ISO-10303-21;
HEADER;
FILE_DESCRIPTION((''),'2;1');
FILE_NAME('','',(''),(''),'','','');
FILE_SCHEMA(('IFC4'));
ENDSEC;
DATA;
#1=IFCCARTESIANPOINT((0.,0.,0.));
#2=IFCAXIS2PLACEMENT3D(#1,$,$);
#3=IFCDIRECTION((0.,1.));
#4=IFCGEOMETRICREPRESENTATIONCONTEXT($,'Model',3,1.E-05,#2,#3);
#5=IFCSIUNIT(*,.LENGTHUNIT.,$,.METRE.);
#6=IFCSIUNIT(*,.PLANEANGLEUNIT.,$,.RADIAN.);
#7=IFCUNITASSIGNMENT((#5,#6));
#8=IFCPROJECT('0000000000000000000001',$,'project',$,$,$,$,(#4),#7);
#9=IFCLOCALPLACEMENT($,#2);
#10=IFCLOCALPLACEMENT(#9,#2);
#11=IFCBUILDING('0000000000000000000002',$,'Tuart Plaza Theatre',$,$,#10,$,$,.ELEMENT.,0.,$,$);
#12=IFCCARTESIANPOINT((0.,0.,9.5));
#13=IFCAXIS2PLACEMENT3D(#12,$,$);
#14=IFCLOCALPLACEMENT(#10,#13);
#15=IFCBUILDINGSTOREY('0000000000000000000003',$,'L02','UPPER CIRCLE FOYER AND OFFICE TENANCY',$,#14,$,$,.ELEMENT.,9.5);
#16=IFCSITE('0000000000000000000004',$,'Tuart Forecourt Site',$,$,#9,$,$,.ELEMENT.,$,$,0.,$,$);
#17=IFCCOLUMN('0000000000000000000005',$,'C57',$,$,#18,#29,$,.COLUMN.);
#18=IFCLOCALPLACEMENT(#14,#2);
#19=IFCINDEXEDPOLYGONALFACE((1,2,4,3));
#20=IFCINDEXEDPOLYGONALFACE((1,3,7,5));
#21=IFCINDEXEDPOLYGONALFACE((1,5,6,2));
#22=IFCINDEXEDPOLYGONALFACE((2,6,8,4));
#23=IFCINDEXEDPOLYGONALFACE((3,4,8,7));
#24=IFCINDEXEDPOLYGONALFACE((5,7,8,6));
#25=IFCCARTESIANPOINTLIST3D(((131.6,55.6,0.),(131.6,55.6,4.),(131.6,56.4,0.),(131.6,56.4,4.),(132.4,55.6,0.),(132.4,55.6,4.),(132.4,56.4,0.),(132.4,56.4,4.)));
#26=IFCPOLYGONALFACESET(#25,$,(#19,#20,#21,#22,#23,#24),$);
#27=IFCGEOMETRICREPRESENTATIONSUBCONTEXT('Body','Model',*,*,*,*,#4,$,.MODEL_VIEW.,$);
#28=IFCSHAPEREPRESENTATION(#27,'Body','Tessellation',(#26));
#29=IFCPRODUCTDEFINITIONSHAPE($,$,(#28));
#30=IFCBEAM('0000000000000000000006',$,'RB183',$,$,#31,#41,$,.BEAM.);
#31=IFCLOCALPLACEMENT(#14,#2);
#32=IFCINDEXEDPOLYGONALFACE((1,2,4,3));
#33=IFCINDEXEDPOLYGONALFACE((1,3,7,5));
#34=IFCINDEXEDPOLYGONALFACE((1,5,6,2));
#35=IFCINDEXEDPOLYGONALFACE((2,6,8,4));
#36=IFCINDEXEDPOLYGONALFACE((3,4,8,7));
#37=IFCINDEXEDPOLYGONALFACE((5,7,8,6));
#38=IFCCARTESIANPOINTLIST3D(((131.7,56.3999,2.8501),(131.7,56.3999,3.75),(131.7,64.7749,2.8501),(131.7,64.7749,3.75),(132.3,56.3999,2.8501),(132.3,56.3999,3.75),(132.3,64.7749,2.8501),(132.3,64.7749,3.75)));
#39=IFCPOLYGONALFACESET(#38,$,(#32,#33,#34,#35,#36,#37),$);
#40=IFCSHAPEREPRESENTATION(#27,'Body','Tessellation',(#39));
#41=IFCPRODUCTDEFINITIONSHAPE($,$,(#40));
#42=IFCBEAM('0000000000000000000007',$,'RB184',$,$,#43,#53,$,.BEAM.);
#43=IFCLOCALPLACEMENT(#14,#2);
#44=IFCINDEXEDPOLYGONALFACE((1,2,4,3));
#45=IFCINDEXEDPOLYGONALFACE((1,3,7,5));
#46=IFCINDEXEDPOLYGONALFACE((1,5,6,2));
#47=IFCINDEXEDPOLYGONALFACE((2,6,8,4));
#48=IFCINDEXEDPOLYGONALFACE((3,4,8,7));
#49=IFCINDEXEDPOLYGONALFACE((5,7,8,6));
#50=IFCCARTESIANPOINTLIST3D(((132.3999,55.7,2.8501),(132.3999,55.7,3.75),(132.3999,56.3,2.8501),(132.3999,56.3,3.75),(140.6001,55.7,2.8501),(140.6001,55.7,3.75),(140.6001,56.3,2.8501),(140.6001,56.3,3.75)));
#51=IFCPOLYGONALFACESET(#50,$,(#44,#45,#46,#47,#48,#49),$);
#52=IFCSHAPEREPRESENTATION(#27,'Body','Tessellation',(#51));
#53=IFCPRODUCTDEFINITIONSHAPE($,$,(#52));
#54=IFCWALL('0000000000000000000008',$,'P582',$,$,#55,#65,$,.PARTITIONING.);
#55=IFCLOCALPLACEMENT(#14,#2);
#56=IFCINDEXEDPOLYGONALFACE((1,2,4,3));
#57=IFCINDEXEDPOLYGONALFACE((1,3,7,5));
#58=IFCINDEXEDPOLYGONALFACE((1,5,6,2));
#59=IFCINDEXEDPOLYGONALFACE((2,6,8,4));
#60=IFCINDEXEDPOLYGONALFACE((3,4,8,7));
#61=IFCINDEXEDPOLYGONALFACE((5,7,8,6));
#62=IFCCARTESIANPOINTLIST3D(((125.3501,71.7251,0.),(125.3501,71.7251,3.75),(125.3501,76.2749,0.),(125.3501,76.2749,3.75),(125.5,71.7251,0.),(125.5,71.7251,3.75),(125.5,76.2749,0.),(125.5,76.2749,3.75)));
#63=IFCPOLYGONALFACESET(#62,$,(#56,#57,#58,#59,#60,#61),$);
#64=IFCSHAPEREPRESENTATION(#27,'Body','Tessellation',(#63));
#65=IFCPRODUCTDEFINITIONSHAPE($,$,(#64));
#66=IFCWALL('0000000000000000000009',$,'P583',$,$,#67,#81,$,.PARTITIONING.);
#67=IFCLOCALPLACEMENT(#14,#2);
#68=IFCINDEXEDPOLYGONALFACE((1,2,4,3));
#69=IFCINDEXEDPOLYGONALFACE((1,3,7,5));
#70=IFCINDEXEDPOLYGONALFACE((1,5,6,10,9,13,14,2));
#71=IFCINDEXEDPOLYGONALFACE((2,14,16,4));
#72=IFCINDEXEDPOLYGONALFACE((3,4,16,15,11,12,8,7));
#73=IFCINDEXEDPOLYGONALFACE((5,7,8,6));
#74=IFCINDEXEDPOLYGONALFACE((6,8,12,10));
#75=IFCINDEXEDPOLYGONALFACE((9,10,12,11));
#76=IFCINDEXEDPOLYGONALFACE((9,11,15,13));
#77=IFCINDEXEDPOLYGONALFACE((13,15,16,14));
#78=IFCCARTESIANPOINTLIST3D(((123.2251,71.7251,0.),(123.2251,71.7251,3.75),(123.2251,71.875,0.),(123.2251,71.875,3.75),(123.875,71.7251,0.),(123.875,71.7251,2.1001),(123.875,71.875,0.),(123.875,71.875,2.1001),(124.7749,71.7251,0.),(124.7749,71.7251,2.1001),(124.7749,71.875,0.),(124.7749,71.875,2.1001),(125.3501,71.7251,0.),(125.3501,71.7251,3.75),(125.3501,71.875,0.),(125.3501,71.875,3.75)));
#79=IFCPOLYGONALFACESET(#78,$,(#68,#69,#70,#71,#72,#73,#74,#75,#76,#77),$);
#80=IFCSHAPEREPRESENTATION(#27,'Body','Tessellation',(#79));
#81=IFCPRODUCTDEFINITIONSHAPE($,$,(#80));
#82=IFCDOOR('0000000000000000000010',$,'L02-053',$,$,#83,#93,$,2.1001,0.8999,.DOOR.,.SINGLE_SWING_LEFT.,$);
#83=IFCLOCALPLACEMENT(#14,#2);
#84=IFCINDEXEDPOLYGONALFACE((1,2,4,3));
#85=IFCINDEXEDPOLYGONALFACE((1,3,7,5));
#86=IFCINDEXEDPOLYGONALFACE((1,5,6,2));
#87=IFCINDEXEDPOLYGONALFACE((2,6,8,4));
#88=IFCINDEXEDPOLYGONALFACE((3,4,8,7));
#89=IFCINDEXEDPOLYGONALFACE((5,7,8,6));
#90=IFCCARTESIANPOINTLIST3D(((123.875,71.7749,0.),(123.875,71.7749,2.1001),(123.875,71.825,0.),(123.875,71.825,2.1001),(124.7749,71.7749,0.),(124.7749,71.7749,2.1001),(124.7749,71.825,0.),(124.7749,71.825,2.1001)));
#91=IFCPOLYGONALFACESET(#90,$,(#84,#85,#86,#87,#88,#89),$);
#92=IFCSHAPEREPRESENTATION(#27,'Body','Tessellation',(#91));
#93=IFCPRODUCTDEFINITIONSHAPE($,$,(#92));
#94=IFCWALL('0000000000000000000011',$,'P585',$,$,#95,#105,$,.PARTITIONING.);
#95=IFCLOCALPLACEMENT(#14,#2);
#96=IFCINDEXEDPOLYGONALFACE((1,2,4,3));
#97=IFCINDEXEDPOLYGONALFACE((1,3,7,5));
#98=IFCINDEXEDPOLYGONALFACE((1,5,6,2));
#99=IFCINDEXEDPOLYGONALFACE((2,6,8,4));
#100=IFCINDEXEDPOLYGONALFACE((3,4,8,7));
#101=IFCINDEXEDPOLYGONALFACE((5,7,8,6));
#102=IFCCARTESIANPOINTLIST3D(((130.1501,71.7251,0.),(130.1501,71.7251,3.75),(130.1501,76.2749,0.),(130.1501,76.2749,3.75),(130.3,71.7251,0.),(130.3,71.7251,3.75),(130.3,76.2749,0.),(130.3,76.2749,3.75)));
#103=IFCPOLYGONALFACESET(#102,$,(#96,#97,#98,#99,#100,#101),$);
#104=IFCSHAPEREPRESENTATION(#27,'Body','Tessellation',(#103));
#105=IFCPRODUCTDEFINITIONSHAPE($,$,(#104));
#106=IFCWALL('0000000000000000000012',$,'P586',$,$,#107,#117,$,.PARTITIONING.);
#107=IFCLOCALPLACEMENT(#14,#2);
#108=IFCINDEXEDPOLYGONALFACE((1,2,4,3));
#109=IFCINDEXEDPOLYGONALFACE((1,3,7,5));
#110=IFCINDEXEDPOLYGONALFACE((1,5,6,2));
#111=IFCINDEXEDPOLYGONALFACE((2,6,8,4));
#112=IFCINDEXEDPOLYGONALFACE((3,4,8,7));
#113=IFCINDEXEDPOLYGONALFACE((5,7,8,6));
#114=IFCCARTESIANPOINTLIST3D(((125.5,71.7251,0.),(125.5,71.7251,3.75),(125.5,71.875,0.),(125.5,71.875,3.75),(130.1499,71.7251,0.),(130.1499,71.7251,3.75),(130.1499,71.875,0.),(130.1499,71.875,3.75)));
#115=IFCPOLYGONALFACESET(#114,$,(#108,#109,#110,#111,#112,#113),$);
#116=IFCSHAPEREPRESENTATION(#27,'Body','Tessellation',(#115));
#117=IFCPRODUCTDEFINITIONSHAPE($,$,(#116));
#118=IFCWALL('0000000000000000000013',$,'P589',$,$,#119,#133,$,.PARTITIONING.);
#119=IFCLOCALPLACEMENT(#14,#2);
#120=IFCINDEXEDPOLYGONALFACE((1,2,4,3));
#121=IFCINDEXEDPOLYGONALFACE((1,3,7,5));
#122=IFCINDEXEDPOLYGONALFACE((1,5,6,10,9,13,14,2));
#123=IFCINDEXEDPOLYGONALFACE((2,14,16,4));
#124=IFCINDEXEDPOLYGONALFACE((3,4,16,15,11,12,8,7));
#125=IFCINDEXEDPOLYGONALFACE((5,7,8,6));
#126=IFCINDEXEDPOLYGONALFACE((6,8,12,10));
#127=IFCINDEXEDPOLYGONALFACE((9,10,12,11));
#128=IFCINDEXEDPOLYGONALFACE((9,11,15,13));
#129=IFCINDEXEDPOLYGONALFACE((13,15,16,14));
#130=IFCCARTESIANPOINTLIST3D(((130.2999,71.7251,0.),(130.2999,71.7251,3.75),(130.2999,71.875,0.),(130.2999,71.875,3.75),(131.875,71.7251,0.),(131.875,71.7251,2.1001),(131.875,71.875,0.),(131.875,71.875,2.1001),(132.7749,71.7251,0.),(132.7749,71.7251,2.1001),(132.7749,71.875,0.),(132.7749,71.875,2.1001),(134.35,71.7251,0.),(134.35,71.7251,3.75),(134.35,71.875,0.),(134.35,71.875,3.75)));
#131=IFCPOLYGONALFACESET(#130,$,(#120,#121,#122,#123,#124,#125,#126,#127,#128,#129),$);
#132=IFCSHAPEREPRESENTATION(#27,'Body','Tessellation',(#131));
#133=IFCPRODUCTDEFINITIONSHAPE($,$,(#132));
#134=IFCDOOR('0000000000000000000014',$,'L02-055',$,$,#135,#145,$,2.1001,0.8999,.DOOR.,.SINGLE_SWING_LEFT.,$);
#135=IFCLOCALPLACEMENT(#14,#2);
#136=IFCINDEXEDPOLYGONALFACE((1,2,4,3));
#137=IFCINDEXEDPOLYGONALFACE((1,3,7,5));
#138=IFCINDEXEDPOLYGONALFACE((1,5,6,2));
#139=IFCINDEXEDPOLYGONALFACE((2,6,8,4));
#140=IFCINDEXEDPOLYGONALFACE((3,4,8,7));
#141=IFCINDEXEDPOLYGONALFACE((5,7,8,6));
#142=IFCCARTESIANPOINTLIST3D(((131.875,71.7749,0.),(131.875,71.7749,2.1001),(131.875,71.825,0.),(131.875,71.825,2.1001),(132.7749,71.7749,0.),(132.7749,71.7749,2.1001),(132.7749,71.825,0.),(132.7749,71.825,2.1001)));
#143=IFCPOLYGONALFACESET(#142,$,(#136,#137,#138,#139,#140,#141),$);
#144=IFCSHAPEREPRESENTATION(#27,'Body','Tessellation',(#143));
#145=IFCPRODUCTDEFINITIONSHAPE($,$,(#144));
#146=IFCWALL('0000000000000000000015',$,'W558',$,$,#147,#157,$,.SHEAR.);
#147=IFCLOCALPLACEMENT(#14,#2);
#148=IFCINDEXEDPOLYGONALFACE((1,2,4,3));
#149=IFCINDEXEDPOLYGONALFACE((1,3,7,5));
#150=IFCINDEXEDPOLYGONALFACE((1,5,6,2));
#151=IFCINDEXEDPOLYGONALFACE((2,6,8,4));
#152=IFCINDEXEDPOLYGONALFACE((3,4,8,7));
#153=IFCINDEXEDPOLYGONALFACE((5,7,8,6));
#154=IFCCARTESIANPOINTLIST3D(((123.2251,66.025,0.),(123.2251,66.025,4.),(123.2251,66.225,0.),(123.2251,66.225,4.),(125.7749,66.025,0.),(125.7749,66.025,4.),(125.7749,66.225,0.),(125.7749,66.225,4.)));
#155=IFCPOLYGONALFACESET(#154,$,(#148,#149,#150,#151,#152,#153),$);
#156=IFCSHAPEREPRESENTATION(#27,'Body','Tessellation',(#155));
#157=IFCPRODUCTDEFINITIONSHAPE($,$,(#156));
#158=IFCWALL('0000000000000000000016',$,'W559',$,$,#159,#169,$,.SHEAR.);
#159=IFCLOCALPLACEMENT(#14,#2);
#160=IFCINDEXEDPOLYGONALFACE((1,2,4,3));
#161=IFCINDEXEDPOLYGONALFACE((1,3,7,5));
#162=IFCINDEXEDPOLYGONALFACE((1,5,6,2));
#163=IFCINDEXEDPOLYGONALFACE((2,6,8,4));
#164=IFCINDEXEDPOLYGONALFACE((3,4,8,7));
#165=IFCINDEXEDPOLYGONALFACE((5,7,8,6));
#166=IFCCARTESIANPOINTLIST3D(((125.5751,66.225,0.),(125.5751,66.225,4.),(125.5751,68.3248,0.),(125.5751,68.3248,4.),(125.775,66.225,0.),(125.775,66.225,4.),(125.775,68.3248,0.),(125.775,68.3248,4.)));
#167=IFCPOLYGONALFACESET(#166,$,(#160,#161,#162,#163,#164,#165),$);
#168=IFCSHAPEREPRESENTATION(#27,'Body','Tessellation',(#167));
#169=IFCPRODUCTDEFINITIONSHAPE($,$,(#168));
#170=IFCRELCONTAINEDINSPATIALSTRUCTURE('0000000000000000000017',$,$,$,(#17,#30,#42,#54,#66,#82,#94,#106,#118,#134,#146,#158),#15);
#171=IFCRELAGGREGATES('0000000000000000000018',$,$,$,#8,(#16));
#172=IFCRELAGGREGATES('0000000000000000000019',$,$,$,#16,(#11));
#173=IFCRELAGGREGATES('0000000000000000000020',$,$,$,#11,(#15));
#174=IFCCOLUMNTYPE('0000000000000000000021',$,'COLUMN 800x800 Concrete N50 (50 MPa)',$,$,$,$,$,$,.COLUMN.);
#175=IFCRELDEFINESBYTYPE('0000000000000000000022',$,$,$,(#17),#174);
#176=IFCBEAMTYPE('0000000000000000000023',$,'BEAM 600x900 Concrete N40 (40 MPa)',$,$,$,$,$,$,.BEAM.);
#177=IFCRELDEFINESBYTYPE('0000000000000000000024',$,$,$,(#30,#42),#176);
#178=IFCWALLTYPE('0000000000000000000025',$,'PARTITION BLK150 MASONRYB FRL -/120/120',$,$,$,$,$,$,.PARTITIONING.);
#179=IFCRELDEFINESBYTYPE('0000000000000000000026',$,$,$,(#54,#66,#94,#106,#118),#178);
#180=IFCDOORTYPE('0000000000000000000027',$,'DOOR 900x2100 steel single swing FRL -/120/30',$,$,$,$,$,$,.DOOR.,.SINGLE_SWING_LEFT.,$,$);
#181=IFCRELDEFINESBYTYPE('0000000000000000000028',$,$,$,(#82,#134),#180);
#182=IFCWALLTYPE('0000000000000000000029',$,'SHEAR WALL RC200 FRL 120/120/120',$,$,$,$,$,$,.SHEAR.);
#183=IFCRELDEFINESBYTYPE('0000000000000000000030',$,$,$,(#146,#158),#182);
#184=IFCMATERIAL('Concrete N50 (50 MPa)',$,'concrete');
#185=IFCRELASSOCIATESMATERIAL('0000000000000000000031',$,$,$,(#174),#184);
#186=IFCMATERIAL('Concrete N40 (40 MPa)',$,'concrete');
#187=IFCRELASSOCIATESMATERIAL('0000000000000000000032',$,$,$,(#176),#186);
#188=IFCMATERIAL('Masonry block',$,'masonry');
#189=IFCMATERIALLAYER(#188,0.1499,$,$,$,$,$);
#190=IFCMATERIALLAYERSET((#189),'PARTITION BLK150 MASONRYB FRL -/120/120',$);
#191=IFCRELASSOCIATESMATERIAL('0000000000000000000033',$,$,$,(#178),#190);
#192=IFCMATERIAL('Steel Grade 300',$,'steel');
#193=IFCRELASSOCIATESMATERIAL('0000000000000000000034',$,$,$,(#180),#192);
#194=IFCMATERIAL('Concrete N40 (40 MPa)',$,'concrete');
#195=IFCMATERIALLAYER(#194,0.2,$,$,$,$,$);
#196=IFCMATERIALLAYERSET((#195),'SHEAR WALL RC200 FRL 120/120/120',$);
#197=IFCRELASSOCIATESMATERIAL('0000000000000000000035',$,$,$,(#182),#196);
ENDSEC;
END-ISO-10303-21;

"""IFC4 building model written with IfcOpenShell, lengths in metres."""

from ifc_helpers import new_model, si_unit, direction, frame, frame_2d, origin, origin_2d, place, context, subcontext, project, spatial, rectangle, extrude, material, layer, layer_set, material_profile, profile_set, type_object, element, fill, save


model = new_model("IFC4")

# Units and contexts
model_context = context("Model", 3, precision=1e-05, world=origin(), true_north=direction((0.0, 1.0)))
body_context = subcontext(model_context, "Body", "Model", "MODEL_VIEW")
ifc_project = project(units=[si_unit("LENGTHUNIT", "METRE"), si_unit("PLANEANGLEUNIT", "RADIAN")], contexts=[model_context])

# Site, building, storey
site_placement = place(None, origin())
site = spatial("IfcSite", under=ifc_project, at=site_placement, Name="Tuart Forecourt Site", CompositionType="ELEMENT", RefElevation=0.0)
building_placement = place(site_placement, origin())
building = spatial("IfcBuilding", under=site, at=building_placement, Name="Tuart Plaza Theatre", CompositionType="ELEMENT", ElevationOfRefHeight=0.0)
storey_placement = place(building_placement, frame((0.0, 0.0, 9.5)))
storey = spatial("IfcBuildingStorey", under=building, at=storey_placement, Name="L02", Description="UPPER CIRCLE FOYER AND OFFICE TENANCY", CompositionType="ELEMENT", Elevation=9.5)

# Column
ifc_material_1 = material(Name="Concrete N50 (50 MPa)", Category="concrete")
ifc_material_profile_1 = material_profile(ifc_material_1, rectangle(XDim=0.8, YDim=0.8, at=origin_2d()), Name="COLUMN 800x800 Concrete N50 (50 MPa)")
ifc_profile_set_1 = profile_set([ifc_material_profile_1], Name="Concrete N50 (50 MPa)")
column_type = type_object("IfcColumnType", Name="COLUMN 800x800 Concrete N50 (50 MPa)", PredefinedType="COLUMN", material=ifc_profile_set_1)
column_placement = place(storey_placement, frame((132.0, 56.0, 0.0), z_axis=(0.0, 0.0, 1.0), x_axis=(1.0, 0.0, 0.0)))
element("IfcColumn", 1, at=column_placement, inside=storey, type_object=column_type, Name="C57", PredefinedType="COLUMN", context=body_context, shape_type="SweptSolid", body=[
    extrude(rectangle(XDim=0.8, YDim=0.8, at=origin_2d()), origin(), (0.0, 0.0, 1.0), 4.0),
])

# Beams
ifc_material_2 = material(Name="Concrete N40 (40 MPa)", Category="concrete")
ifc_material_profile_2 = material_profile(ifc_material_2, rectangle(XDim=0.6001, YDim=0.8999, at=origin_2d()), Name="BEAM 600x900 Concrete N40 (40 MPa)")
ifc_profile_set_2 = profile_set([ifc_material_profile_2], Name="Concrete N40 (40 MPa)")
beam_type = type_object("IfcBeamType", Name="BEAM 600x900 Concrete N40 (40 MPa)", PredefinedType="BEAM", material=ifc_profile_set_2)
beam_1_placement = place(storey_placement, frame((132.0, 56.3999, 3.3), z_axis=(0.0, 1.0, 0.0), x_axis=(-1.0, 0.0, 0.0)))
element("IfcBeam", 2, at=beam_1_placement, inside=storey, type_object=beam_type, Name="RB183", PredefinedType="BEAM", context=body_context, shape_type="SweptSolid", body=[
    extrude(rectangle(XDim=0.6001, YDim=0.8999, at=origin_2d()), origin(), (0.0, 0.0, 1.0), 8.375),
])
beam_2_placement = place(storey_placement, frame((132.3999, 56.0, 3.3), z_axis=(1.0, 0.0, 0.0), x_axis=(0.0, 1.0, 0.0)))
element("IfcBeam", 3, at=beam_2_placement, inside=storey, type_object=beam_type, Name="RB184", PredefinedType="BEAM", context=body_context, shape_type="SweptSolid", body=[
    extrude(rectangle(XDim=0.6001, YDim=0.8999, at=origin_2d()), origin(), (0.0, 0.0, 1.0), 8.2002),
])

# Wall
ifc_material_3 = material(Name="Masonry block", Category="masonry")
ifc_layer_1 = layer(ifc_material_3, 0.1499)
ifc_layer_set_1 = layer_set([ifc_layer_1], Name="PARTITION BLK150 MASONRYB FRL -/120/120")
wall_type_1 = type_object("IfcWallType", Name="PARTITION BLK150 MASONRYB FRL -/120/120", PredefinedType="PARTITIONING", material=ifc_layer_set_1)
wall_1_placement = place(storey_placement, frame((125.425, 71.7251, 0.0), z_axis=(0.0, 0.0, 1.0), x_axis=(0.0, 1.0, 0.0)))
element("IfcWall", 4, at=wall_1_placement, inside=storey, type_object=wall_type_1, Name="P582", PredefinedType="PARTITIONING", context=body_context, shape_type="SweptSolid", body=[
    extrude(rectangle(XDim=4.5498, YDim=0.1499, at=frame_2d((2.2749, 0.0))), origin(), (0.0, 0.0, 1.0), 3.75),
])

# Wall, opening, door
wall_2_placement = place(storey_placement, frame((123.2251, 71.8, 0.0), z_axis=(0.0, 0.0, 1.0), x_axis=(1.0, 0.0, 0.0)))
wall_2 = element("IfcWall", 5, at=wall_2_placement, inside=storey, type_object=wall_type_1, Name="P583", PredefinedType="PARTITIONING", context=body_context, shape_type="SweptSolid", body=[
    extrude(rectangle(XDim=2.125, YDim=0.1499, at=frame_2d((1.0625, 0.0))), origin(), (0.0, 0.0, 1.0), 3.75),
])
opening_1_placement = place(wall_2_placement, frame((0.6499, 0.0, 0.0)))
opening_1 = element("IfcOpeningElement", 6, at=opening_1_placement, cuts=wall_2, PredefinedType="OPENING", context=body_context, shape_type="SweptSolid", body=[
    extrude(rectangle(XDim=0.8999, YDim=2.1001, at=frame_2d((0.45, 1.05))), frame((0.0, 0.085, 0.0), z_axis=(0.0, -1.0, 0.0), x_axis=(1.0, 0.0, 0.0)), (0.0, 0.0, 1.0), 0.1699),
])
ifc_material_4 = material(Name="Steel Grade 300", Category="steel")
door_type_1 = type_object("IfcDoorType", Name="DOOR 900x2100 steel single swing FRL -/120/30", OperationType="SINGLE_SWING_LEFT", PredefinedType="DOOR", material=ifc_material_4)
door_1_placement = place(opening_1_placement, origin())
door_1 = element("IfcDoor", 7, at=door_1_placement, inside=storey, type_object=door_type_1, Name="L02-053", OperationType="SINGLE_SWING_LEFT", OverallHeight=2.1001, OverallWidth=0.8999, PredefinedType="DOOR", context=body_context, shape_type="SweptSolid", body=[
    extrude(rectangle(XDim=0.8999, YDim=2.1001, at=frame_2d((0.45, 1.05))), frame((0.0, 0.0249, 0.0), z_axis=(0.0, -1.0, 0.0), x_axis=(1.0, 0.0, 0.0)), (0.0, 0.0, 1.0), 0.05),
])
fill(opening_1, door_1)

# Walls
wall_3_placement = place(storey_placement, frame((130.2251, 71.7251, 0.0), z_axis=(0.0, 0.0, 1.0), x_axis=(0.0, 1.0, 0.0)))
element("IfcWall", 8, at=wall_3_placement, inside=storey, type_object=wall_type_1, Name="P585", PredefinedType="PARTITIONING", context=body_context, shape_type="SweptSolid", body=[
    extrude(rectangle(XDim=4.5498, YDim=0.1499, at=frame_2d((2.2749, 0.0))), origin(), (0.0, 0.0, 1.0), 3.75),
])
wall_4_placement = place(storey_placement, frame((125.5, 71.8, 0.0), z_axis=(0.0, 0.0, 1.0), x_axis=(1.0, 0.0, 0.0)))
element("IfcWall", 9, at=wall_4_placement, inside=storey, type_object=wall_type_1, Name="P586", PredefinedType="PARTITIONING", context=body_context, shape_type="SweptSolid", body=[
    extrude(rectangle(XDim=4.6499, YDim=0.1499, at=frame_2d((2.325, 0.0))), origin(), (0.0, 0.0, 1.0), 3.75),
])

# Wall, opening, door
wall_5_placement = place(storey_placement, frame((130.3, 71.8, 0.0), z_axis=(0.0, 0.0, 1.0), x_axis=(1.0, 0.0, 0.0)))
wall_5 = element("IfcWall", 10, at=wall_5_placement, inside=storey, type_object=wall_type_1, Name="P589", PredefinedType="PARTITIONING", context=body_context, shape_type="SweptSolid", body=[
    extrude(rectangle(XDim=4.05, YDim=0.1499, at=frame_2d((2.0249, 0.0))), origin(), (0.0, 0.0, 1.0), 3.75),
])
opening_2_placement = place(wall_5_placement, frame((1.575, 0.0, 0.0)))
opening_2 = element("IfcOpeningElement", 11, at=opening_2_placement, cuts=wall_5, PredefinedType="OPENING", context=body_context, shape_type="SweptSolid", body=[
    extrude(rectangle(XDim=0.8999, YDim=2.1001, at=frame_2d((0.45, 1.05))), frame((0.0, 0.085, 0.0), z_axis=(0.0, -1.0, 0.0), x_axis=(1.0, 0.0, 0.0)), (0.0, 0.0, 1.0), 0.1699),
])
door_2_placement = place(opening_2_placement, origin())
door_2 = element("IfcDoor", 12, at=door_2_placement, inside=storey, type_object=door_type_1, Name="L02-055", OperationType="SINGLE_SWING_LEFT", OverallHeight=2.1001, OverallWidth=0.8999, PredefinedType="DOOR", context=body_context, shape_type="SweptSolid", body=[
    extrude(rectangle(XDim=0.8999, YDim=2.1001, at=frame_2d((0.45, 1.05))), frame((0.0, 0.0249, 0.0), z_axis=(0.0, -1.0, 0.0), x_axis=(1.0, 0.0, 0.0)), (0.0, 0.0, 1.0), 0.05),
])
fill(opening_2, door_2)

# Walls
ifc_material_5 = material(Name="Concrete N40 (40 MPa)", Category="concrete")
ifc_layer_2 = layer(ifc_material_5, 0.2)
ifc_layer_set_2 = layer_set([ifc_layer_2], Name="SHEAR WALL RC200 FRL 120/120/120")
wall_type_2 = type_object("IfcWallType", Name="SHEAR WALL RC200 FRL 120/120/120", PredefinedType="SHEAR", material=ifc_layer_set_2)
wall_6_placement = place(storey_placement, frame((123.2251, 66.125, 0.0), z_axis=(0.0, 0.0, 1.0), x_axis=(1.0, 0.0, 0.0)))
element("IfcWall", 13, at=wall_6_placement, inside=storey, type_object=wall_type_2, Name="W558", PredefinedType="SHEAR", context=body_context, shape_type="SweptSolid", body=[
    extrude(rectangle(XDim=2.5498, YDim=0.2, at=frame_2d((1.2749, 0.0))), origin(), (0.0, 0.0, 1.0), 4.0),
])
wall_7_placement = place(storey_placement, frame((125.675, 66.2251, 0.0), z_axis=(0.0, 0.0, 1.0), x_axis=(0.0, 1.0, 0.0)))
element("IfcWall", 14, at=wall_7_placement, inside=storey, type_object=wall_type_2, Name="W559", PredefinedType="SHEAR", context=body_context, shape_type="SweptSolid", body=[
    extrude(rectangle(XDim=2.0999, YDim=0.2, at=frame_2d((1.0498, 0.0))), origin(), (0.0, 0.0, 1.0), 4.0),
])

save(model, "model.ifc")
